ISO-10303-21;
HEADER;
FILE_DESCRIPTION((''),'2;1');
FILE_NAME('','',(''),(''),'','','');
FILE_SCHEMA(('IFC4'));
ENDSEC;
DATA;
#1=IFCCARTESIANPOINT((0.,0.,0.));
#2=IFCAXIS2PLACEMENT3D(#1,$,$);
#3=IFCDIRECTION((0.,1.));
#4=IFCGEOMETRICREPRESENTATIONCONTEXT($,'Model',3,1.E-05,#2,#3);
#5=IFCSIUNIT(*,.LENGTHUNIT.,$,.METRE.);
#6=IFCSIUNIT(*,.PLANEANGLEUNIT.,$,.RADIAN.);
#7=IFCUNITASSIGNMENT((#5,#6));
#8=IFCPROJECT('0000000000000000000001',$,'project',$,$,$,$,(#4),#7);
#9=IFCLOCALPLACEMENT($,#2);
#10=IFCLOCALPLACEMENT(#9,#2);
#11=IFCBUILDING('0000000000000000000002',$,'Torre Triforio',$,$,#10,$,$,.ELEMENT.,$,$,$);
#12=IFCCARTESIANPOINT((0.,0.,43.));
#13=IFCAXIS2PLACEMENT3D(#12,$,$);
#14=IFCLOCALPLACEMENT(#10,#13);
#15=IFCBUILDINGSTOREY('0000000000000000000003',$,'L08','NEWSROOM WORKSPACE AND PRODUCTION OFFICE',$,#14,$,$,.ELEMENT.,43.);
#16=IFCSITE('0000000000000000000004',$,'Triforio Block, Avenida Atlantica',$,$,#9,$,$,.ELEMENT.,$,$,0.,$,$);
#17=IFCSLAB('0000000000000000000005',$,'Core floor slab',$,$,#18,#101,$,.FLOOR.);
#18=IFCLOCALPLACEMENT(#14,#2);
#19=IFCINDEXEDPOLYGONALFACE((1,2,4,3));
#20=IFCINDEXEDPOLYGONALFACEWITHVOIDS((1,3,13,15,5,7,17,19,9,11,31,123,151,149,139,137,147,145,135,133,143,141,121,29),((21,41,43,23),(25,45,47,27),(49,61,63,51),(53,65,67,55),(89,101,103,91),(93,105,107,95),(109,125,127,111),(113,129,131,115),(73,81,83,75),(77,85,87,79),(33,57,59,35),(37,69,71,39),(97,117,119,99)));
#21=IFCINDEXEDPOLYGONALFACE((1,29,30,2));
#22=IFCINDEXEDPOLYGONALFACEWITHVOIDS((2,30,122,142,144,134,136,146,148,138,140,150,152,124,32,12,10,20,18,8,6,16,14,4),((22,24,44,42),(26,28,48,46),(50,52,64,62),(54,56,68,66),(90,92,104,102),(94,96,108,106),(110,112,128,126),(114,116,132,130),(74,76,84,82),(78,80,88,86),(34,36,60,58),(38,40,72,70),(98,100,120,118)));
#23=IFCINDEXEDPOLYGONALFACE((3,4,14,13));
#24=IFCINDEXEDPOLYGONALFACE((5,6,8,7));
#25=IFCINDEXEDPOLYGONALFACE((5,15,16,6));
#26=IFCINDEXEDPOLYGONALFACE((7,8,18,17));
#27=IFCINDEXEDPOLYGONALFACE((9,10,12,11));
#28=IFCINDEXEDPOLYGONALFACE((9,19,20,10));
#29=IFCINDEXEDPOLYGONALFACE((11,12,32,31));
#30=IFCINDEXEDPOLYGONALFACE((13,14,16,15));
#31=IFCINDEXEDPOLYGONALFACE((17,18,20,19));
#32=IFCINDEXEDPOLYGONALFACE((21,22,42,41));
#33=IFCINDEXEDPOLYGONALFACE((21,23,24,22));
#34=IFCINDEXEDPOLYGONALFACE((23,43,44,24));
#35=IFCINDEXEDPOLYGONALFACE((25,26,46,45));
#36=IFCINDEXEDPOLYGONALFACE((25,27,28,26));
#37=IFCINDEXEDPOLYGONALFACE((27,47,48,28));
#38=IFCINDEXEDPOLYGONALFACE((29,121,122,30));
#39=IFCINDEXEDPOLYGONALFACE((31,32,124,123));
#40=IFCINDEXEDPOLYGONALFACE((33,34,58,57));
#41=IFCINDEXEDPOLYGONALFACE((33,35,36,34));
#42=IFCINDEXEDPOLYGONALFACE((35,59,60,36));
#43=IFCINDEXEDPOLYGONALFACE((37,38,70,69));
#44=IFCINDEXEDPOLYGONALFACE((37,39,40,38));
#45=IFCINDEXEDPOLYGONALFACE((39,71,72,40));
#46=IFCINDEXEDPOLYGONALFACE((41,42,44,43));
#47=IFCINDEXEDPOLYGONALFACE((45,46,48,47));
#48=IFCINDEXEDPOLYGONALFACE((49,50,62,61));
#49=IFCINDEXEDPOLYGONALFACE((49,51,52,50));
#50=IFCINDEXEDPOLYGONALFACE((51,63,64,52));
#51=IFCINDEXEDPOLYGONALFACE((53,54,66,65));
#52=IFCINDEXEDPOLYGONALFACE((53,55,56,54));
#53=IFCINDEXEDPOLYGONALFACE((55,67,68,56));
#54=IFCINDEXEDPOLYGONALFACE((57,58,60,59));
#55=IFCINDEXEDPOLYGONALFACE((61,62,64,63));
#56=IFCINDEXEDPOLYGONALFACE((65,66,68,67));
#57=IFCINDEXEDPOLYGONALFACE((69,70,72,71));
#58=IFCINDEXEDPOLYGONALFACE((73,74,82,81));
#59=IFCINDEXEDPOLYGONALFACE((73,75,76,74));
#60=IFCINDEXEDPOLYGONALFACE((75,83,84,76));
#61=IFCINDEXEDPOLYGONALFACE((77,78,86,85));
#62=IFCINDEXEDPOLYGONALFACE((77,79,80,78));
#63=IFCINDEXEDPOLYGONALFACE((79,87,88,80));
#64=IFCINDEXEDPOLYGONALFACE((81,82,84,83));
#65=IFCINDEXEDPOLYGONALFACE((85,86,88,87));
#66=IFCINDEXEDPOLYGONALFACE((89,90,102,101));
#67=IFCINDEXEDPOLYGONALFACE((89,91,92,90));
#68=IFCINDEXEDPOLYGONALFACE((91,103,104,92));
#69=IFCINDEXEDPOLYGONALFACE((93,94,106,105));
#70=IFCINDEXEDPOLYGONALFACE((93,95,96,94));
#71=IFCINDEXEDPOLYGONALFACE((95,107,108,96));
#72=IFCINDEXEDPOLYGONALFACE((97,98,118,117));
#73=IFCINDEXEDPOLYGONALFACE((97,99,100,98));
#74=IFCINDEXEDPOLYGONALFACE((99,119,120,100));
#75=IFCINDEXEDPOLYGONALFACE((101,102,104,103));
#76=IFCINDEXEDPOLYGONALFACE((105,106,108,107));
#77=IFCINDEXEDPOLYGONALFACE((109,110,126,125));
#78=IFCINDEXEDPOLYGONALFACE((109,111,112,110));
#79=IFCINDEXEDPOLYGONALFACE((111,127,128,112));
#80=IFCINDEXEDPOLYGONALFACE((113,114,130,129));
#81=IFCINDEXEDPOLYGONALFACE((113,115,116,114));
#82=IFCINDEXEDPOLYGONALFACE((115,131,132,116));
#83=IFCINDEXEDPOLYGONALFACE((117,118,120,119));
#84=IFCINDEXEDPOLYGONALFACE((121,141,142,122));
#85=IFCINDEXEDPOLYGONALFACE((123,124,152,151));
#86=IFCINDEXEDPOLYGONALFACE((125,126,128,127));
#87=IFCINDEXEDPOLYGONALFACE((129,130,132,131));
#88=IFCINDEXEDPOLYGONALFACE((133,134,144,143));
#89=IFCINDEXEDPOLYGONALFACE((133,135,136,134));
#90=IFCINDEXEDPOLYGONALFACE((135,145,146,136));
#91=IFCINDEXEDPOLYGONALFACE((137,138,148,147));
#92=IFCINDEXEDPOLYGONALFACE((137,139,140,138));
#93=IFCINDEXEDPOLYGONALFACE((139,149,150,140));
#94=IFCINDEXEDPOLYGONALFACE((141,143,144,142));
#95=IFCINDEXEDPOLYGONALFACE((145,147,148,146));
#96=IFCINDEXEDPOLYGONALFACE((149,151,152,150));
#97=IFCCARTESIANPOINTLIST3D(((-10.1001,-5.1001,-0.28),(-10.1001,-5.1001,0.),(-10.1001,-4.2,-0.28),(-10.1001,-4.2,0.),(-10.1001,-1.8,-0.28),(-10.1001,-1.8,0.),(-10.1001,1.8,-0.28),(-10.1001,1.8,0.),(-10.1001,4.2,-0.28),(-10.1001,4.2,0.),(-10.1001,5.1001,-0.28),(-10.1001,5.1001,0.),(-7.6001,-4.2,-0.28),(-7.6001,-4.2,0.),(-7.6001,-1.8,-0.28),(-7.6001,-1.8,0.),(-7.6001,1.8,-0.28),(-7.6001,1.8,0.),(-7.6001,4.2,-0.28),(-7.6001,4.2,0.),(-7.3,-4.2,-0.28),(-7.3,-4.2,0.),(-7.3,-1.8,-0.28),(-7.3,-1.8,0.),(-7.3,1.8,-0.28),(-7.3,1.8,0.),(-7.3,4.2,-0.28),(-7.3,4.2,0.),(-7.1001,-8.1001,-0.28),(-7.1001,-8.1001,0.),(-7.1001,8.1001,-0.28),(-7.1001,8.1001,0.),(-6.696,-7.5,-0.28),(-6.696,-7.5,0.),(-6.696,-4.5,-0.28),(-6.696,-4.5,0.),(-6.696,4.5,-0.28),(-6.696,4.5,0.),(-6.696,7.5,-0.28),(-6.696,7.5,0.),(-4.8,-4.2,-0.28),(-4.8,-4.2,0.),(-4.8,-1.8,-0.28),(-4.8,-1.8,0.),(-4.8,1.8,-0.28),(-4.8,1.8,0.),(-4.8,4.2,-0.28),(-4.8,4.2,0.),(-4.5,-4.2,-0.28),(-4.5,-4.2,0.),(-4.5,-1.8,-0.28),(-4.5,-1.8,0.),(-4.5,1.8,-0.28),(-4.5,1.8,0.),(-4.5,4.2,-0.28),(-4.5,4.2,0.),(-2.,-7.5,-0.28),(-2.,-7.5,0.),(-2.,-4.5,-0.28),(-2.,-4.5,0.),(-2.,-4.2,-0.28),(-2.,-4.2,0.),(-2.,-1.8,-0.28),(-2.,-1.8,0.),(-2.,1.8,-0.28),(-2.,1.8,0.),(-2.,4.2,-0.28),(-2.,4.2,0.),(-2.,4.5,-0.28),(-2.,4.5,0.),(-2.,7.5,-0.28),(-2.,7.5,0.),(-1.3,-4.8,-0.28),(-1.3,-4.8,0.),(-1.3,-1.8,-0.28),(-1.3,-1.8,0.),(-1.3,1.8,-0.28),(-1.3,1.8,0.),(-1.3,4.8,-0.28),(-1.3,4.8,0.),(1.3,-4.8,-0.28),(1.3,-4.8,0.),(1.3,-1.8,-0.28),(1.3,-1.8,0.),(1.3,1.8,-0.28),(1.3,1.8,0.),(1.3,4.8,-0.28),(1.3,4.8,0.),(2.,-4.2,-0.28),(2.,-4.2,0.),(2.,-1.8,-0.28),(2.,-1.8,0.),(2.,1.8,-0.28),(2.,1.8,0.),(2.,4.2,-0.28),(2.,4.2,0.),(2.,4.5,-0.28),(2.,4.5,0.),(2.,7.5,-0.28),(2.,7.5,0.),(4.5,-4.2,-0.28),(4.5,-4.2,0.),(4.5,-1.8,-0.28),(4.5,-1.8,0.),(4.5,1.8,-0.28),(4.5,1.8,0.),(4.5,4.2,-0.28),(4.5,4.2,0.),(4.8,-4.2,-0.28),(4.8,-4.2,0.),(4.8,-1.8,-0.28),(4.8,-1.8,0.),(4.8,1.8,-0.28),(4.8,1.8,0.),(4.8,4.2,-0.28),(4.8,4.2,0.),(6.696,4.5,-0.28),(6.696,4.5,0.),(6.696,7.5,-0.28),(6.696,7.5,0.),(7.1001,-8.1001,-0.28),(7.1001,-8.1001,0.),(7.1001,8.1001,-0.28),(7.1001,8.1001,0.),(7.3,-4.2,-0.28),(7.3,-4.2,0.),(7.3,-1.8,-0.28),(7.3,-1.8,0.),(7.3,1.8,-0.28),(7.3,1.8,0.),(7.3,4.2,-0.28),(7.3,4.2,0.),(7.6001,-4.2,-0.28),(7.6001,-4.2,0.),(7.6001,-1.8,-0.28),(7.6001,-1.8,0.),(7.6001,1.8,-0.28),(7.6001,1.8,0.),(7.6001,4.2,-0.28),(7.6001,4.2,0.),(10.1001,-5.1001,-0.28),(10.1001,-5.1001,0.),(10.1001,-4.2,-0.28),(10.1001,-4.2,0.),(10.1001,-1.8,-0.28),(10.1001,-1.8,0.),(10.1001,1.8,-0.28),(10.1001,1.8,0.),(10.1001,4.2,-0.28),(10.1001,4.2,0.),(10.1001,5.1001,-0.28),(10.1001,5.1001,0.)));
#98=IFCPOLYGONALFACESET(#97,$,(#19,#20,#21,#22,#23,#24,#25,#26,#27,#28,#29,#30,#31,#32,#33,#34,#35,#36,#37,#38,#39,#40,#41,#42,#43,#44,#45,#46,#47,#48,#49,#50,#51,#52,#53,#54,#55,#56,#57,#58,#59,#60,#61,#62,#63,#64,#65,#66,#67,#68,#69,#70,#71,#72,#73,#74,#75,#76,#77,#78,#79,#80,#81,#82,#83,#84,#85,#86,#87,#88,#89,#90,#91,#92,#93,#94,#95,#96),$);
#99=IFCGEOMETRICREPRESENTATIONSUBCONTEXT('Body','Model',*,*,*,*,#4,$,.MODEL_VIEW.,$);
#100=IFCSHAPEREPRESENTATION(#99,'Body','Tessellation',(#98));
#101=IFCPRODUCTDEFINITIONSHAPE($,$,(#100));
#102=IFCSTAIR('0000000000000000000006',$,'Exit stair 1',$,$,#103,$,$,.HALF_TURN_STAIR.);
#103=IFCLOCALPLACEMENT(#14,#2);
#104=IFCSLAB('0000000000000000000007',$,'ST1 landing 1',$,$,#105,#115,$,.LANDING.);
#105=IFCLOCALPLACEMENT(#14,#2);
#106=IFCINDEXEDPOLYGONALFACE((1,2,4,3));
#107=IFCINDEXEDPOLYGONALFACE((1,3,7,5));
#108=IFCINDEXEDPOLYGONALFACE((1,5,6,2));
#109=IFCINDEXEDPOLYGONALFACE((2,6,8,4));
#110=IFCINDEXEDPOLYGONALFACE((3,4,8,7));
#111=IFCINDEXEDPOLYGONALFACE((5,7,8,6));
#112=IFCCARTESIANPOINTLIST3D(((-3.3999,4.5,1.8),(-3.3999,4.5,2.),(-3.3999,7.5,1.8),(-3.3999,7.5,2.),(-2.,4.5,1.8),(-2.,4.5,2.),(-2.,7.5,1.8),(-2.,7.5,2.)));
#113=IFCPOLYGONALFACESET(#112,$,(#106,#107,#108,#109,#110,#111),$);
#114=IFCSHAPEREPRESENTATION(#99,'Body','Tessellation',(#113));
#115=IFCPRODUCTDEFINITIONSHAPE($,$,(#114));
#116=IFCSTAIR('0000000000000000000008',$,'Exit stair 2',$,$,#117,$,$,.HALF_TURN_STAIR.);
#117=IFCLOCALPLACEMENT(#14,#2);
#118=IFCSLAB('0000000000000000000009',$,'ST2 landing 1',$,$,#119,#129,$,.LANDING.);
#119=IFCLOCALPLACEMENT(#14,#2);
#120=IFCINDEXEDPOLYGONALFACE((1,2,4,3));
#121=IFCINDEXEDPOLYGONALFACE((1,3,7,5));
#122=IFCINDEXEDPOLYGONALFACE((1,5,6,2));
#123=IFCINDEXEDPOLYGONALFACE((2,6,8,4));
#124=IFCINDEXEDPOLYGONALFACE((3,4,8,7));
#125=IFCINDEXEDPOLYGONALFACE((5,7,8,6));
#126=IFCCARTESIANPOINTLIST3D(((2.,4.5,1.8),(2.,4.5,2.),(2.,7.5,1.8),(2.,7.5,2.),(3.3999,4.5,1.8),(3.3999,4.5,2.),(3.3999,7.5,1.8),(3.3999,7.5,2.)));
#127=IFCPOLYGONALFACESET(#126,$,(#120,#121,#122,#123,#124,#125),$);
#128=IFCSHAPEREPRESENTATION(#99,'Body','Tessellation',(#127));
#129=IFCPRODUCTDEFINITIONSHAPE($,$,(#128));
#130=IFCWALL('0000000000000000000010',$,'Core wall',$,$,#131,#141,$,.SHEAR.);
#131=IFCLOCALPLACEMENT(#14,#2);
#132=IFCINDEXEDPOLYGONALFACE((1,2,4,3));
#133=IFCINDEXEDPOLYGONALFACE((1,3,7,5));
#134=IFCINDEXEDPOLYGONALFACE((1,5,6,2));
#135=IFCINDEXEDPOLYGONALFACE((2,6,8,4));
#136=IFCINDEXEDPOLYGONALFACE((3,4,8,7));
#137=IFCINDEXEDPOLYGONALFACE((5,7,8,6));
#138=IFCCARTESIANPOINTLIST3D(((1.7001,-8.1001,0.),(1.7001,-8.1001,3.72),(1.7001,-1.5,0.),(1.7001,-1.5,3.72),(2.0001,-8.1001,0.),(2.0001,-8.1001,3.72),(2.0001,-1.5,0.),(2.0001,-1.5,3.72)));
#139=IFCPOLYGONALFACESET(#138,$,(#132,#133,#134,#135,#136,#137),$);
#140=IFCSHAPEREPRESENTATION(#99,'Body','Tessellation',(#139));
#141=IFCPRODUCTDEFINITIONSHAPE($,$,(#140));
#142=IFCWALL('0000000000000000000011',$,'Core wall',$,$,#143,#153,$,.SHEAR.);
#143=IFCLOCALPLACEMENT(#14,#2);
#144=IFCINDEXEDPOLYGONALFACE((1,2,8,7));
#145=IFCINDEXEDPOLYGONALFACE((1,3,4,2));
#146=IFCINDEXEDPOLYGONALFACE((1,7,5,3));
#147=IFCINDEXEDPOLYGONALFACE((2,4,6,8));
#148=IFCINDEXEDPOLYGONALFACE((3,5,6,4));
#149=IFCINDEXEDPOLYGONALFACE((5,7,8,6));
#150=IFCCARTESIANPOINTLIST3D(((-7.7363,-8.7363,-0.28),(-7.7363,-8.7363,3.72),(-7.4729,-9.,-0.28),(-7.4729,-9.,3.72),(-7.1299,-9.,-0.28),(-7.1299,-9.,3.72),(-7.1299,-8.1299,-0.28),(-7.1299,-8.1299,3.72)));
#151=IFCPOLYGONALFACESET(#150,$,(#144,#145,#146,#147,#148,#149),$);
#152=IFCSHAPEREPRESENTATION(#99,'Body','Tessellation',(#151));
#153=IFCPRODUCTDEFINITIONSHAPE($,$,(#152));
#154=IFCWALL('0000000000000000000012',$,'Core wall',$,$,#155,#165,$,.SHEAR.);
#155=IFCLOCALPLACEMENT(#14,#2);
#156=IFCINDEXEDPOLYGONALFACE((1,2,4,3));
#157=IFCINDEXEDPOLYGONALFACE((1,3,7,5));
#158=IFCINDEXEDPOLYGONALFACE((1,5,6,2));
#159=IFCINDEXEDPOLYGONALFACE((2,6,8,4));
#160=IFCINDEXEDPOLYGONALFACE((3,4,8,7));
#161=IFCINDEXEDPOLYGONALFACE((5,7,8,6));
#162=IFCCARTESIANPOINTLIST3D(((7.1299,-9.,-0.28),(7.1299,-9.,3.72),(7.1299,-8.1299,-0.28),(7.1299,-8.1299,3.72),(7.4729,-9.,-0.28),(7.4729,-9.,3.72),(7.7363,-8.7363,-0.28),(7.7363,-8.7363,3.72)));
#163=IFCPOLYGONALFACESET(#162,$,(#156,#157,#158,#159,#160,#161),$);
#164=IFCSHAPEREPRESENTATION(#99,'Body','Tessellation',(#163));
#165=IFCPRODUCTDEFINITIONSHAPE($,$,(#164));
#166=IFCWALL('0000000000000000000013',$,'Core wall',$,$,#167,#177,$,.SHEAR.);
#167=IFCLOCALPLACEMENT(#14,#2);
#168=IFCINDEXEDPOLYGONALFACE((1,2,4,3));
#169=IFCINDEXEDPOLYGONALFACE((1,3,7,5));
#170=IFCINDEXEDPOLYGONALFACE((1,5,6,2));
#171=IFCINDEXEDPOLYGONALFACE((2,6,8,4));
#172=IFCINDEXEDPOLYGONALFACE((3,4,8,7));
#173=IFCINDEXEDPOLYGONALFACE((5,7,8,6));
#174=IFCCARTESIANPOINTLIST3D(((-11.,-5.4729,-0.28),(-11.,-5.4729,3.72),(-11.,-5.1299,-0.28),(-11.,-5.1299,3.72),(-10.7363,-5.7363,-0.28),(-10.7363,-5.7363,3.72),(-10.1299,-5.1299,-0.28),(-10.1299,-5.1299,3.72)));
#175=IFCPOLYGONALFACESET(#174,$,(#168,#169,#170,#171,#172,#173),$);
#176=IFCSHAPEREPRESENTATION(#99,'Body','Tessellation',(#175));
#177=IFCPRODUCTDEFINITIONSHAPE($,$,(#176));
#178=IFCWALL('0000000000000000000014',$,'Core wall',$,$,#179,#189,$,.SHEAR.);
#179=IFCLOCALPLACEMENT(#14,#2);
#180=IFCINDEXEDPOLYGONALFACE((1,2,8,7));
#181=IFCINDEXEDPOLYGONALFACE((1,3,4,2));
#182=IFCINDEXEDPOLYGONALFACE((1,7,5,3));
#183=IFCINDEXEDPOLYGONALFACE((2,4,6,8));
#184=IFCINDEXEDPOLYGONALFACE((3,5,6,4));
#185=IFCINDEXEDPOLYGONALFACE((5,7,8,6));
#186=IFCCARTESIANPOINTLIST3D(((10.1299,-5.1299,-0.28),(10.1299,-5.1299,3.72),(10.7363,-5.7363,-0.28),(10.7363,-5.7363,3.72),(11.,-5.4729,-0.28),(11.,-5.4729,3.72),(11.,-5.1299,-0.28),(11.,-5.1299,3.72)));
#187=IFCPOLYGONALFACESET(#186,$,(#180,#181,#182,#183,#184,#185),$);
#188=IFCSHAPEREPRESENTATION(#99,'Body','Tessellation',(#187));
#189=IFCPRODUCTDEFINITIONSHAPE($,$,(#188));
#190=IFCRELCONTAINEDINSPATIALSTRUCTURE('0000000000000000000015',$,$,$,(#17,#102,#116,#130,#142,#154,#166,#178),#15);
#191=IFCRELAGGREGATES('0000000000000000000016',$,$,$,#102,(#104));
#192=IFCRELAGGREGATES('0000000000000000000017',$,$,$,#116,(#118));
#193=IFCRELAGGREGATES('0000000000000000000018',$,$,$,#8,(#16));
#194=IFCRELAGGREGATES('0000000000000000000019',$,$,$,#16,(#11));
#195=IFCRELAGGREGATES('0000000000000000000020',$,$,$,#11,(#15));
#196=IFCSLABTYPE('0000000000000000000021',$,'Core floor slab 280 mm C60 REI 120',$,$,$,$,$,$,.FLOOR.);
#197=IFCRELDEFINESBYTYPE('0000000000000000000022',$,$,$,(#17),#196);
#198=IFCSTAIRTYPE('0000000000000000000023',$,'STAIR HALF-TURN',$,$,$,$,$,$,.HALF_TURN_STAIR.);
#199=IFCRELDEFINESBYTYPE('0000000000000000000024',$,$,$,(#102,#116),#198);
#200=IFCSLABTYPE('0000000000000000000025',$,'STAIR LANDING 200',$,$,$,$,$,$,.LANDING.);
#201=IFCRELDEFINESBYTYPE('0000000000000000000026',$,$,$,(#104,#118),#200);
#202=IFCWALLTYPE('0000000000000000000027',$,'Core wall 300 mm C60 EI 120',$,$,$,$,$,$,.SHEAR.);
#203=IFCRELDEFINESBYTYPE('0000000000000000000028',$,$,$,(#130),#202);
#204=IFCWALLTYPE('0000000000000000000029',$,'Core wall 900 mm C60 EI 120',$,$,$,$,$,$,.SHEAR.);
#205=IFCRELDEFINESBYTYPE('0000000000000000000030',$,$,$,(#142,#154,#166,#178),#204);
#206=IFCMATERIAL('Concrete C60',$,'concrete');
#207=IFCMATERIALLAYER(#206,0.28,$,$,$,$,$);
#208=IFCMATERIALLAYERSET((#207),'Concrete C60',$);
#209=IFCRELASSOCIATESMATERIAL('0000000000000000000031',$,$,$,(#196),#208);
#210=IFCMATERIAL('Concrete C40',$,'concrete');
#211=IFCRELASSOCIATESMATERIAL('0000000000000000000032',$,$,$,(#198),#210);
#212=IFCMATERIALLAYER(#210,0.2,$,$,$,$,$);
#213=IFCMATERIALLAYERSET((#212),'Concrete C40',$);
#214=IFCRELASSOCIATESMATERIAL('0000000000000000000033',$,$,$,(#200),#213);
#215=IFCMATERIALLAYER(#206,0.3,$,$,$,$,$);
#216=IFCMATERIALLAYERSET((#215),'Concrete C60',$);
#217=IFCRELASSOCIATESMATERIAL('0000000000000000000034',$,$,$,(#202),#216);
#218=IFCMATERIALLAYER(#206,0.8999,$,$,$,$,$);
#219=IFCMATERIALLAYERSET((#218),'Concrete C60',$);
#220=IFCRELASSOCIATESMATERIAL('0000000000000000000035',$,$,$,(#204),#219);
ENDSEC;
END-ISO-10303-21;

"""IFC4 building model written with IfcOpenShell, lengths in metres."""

from ifc_helpers import new_model, si_unit, direction, frame, frame_2d, origin, place, context, subcontext, project, spatial, polyline, rectangle, outline, extrude, material, layer, layer_set, type_object, element, aggregate, save


model = new_model("IFC4")

# Units and contexts
model_context = context("Model", 3, precision=1e-05, world=origin(), true_north=direction((0.0, 1.0)))
body_context = subcontext(model_context, "Body", "Model", "MODEL_VIEW")
ifc_project = project(units=[si_unit("LENGTHUNIT", "METRE"), si_unit("PLANEANGLEUNIT", "RADIAN")], contexts=[model_context])

# Site, building, storey
site_placement = place(None, origin())
site = spatial("IfcSite", under=ifc_project, at=site_placement, Name="Triforio Block, Avenida Atlantica", CompositionType="ELEMENT", RefElevation=0.0)
building_placement = place(site_placement, origin())
building = spatial("IfcBuilding", under=site, at=building_placement, Name="Torre Triforio", CompositionType="ELEMENT")
storey_placement = place(building_placement, frame((0.0, 0.0, 43.0)))
storey = spatial("IfcBuildingStorey", under=building, at=storey_placement, Name="L08", Description="NEWSROOM WORKSPACE AND PRODUCTION OFFICE", CompositionType="ELEMENT", Elevation=43.0)

# Slab
ifc_material_1 = material(Name="Concrete C60", Category="concrete")
ifc_layer_1 = layer(ifc_material_1, 0.28)
ifc_layer_set_1 = layer_set([ifc_layer_1], Name="Concrete C60")
slab_type_1 = type_object("IfcSlabType", Name="Core floor slab 280 mm C60 REI 120", PredefinedType="FLOOR", material=ifc_layer_set_1)
slab_1_placement = place(storey_placement, frame((0.0, 0.0, -0.28)))
element("IfcSlab", 1, at=slab_1_placement, inside=storey, type_object=slab_type_1, Name="Core floor slab", PredefinedType="FLOOR", context=body_context, shape_type="SweptSolid", body=[
    extrude(outline(polyline([(10.1001, -5.1001), (7.1001, -8.1001), (-7.1001, -8.1001), (-10.1001, -5.1001), (-10.1001, -4.2), (-7.6001, -4.2), (-7.6001, -1.8), (-10.1001, -1.8), (-10.1001, 1.8), (-7.6001, 1.8), (-7.6001, 4.2), (-10.1001, 4.2), (-10.1001, 5.1001), (-7.1001, 8.1001), (7.1001, 8.1001), (10.1001, 5.1001), (10.1001, 4.2), (7.6001, 4.2), (7.6001, 1.8), (10.1001, 1.8), (10.1001, -1.8), (7.6001, -1.8), (7.6001, -4.2), (10.1001, -4.2), (10.1001, -5.1001)]), holes=[polyline([(-2.0, -4.5), (-6.696, -4.5), (-6.696, -7.5), (-2.0, -7.5), (-2.0, -4.5)]), polyline([(-4.8, -1.8), (-7.3, -1.8), (-7.3, -4.2), (-4.8, -4.2), (-4.8, -1.8)]), polyline([(-2.0, -1.8), (-4.5, -1.8), (-4.5, -4.2), (-2.0, -4.2), (-2.0, -1.8)]), polyline([(-4.8, 4.2), (-7.3, 4.2), (-7.3, 1.8), (-4.8, 1.8), (-4.8, 4.2)]), polyline([(-2.0, 4.2), (-4.5, 4.2), (-4.5, 1.8), (-2.0, 1.8), (-2.0, 4.2)]), polyline([(1.3, 4.8), (-1.3, 4.8), (-1.3, 1.8), (1.3, 1.8), (1.3, 4.8)]), polyline([(-2.0, 7.5), (-6.696, 7.5), (-6.696, 4.5), (-2.0, 4.5), (-2.0, 7.5)]), polyline([(1.3, -1.8), (-1.3, -1.8), (-1.3, -4.8), (1.3, -4.8), (1.3, -1.8)]), polyline([(4.5, -1.8), (2.0, -1.8), (2.0, -4.2), (4.5, -4.2), (4.5, -1.8)]), polyline([(7.3, -1.8), (4.8, -1.8), (4.8, -4.2), (7.3, -4.2), (7.3, -1.8)]), polyline([(4.5, 4.2), (2.0, 4.2), (2.0, 1.8), (4.5, 1.8), (4.5, 4.2)]), polyline([(7.3, 4.2), (4.8, 4.2), (4.8, 1.8), (7.3, 1.8), (7.3, 4.2)]), polyline([(6.696, 4.5), (6.696, 7.5), (2.0, 7.5), (2.0, 4.5), (6.696, 4.5)])]), origin(), (0.0, 0.0, 1.0), 0.28),
])

# Stairs, slabs
ifc_material_2 = material(Name="Concrete C40", Category="concrete")
stair_type = type_object("IfcStairType", Name="STAIR HALF-TURN", PredefinedType="HALF_TURN_STAIR", material=ifc_material_2)
stair_1_placement = place(storey_placement, origin())
stair_1 = element("IfcStair", 2, at=stair_1_placement, inside=storey, type_object=stair_type, Name="Exit stair 1", PredefinedType="HALF_TURN_STAIR")
ifc_layer_2 = layer(ifc_material_2, 0.2)
ifc_layer_set_2 = layer_set([ifc_layer_2], Name="Concrete C40")
slab_type_2 = type_object("IfcSlabType", Name="STAIR LANDING 200", PredefinedType="LANDING", material=ifc_layer_set_2)
slab_2_placement = place(storey_placement, frame((0.0, 0.0, 1.8)))
slab_2 = element("IfcSlab", 3, at=slab_2_placement, type_object=slab_type_2, Name="ST1 landing 1", PredefinedType="LANDING", context=body_context, shape_type="SweptSolid", body=[
    extrude(outline(polyline([(-2.0, 4.5), (-2.0, 7.5), (-3.3999, 7.5), (-3.3999, 4.5), (-2.0, 4.5)])), origin(), (0.0, 0.0, 1.0), 0.2),
])
aggregate(stair_1, [slab_2])
stair_2_placement = place(storey_placement, origin())
stair_2 = element("IfcStair", 4, at=stair_2_placement, inside=storey, type_object=stair_type, Name="Exit stair 2", PredefinedType="HALF_TURN_STAIR")
slab_3_placement = place(storey_placement, frame((0.0, 0.0, 1.8)))
slab_3 = element("IfcSlab", 5, at=slab_3_placement, type_object=slab_type_2, Name="ST2 landing 1", PredefinedType="LANDING", context=body_context, shape_type="SweptSolid", body=[
    extrude(outline(polyline([(3.3999, 4.5), (3.3999, 7.5), (2.0, 7.5), (2.0, 4.5), (3.3999, 4.5)])), origin(), (0.0, 0.0, 1.0), 0.2),
])
aggregate(stair_2, [slab_3])

# Walls
ifc_layer_3 = layer(ifc_material_1, 0.3)
ifc_layer_set_3 = layer_set([ifc_layer_3], Name="Concrete C60")
wall_type_1 = type_object("IfcWallType", Name="Core wall 300 mm C60 EI 120", PredefinedType="SHEAR", material=ifc_layer_set_3)
wall_1_placement = place(storey_placement, frame((1.8501, -8.1001, 0.0), z_axis=(0.0, 0.0, 1.0), x_axis=(0.0, 1.0, 0.0)))
element("IfcWall", 6, at=wall_1_placement, inside=storey, type_object=wall_type_1, Name="Core wall", PredefinedType="SHEAR", context=body_context, shape_type="SweptSolid", body=[
    extrude(rectangle(XDim=6.6001, YDim=0.3, at=frame_2d((3.3, 0.0))), origin(), (0.0, 0.0, 1.0), 3.72),
])
ifc_layer_4 = layer(ifc_material_1, 0.8999)
ifc_layer_set_4 = layer_set([ifc_layer_4], Name="Concrete C60")
wall_type_2 = type_object("IfcWallType", Name="Core wall 900 mm C60 EI 120", PredefinedType="SHEAR", material=ifc_layer_set_4)
wall_2_placement = place(storey_placement, frame((0.0, 0.0, -0.28)))
element("IfcWall", 7, at=wall_2_placement, inside=storey, type_object=wall_type_2, Name="Core wall", PredefinedType="SHEAR", context=body_context, shape_type="SweptSolid", body=[
    extrude(outline(polyline([(-7.4729, -9.0), (-7.7363, -8.7363), (-7.1299, -8.1299), (-7.1299, -9.0), (-7.4729, -9.0)])), origin(), (0.0, 0.0, 1.0), 4.0),
])
wall_3_placement = place(storey_placement, frame((0.0, 0.0, -0.28)))
element("IfcWall", 8, at=wall_3_placement, inside=storey, type_object=wall_type_2, Name="Core wall", PredefinedType="SHEAR", context=body_context, shape_type="SweptSolid", body=[
    extrude(outline(polyline([(7.4729, -9.0), (7.1299, -9.0), (7.1299, -8.1299), (7.7363, -8.7363), (7.4729, -9.0)])), origin(), (0.0, 0.0, 1.0), 4.0),
])
wall_4_placement = place(storey_placement, frame((0.0, 0.0, -0.28)))
element("IfcWall", 9, at=wall_4_placement, inside=storey, type_object=wall_type_2, Name="Core wall", PredefinedType="SHEAR", context=body_context, shape_type="SweptSolid", body=[
    extrude(outline(polyline([(-11.0, -5.4729), (-11.0, -5.1299), (-10.1299, -5.1299), (-10.7363, -5.7363), (-11.0, -5.4729)])), origin(), (0.0, 0.0, 1.0), 4.0),
])
wall_5_placement = place(storey_placement, frame((0.0, 0.0, -0.28)))
element("IfcWall", 10, at=wall_5_placement, inside=storey, type_object=wall_type_2, Name="Core wall", PredefinedType="SHEAR", context=body_context, shape_type="SweptSolid", body=[
    extrude(outline(polyline([(11.0, -5.4729), (10.7363, -5.7363), (10.1299, -5.1299), (11.0, -5.1299), (11.0, -5.4729)])), origin(), (0.0, 0.0, 1.0), 4.0),
])

save(model, "model.ifc")
